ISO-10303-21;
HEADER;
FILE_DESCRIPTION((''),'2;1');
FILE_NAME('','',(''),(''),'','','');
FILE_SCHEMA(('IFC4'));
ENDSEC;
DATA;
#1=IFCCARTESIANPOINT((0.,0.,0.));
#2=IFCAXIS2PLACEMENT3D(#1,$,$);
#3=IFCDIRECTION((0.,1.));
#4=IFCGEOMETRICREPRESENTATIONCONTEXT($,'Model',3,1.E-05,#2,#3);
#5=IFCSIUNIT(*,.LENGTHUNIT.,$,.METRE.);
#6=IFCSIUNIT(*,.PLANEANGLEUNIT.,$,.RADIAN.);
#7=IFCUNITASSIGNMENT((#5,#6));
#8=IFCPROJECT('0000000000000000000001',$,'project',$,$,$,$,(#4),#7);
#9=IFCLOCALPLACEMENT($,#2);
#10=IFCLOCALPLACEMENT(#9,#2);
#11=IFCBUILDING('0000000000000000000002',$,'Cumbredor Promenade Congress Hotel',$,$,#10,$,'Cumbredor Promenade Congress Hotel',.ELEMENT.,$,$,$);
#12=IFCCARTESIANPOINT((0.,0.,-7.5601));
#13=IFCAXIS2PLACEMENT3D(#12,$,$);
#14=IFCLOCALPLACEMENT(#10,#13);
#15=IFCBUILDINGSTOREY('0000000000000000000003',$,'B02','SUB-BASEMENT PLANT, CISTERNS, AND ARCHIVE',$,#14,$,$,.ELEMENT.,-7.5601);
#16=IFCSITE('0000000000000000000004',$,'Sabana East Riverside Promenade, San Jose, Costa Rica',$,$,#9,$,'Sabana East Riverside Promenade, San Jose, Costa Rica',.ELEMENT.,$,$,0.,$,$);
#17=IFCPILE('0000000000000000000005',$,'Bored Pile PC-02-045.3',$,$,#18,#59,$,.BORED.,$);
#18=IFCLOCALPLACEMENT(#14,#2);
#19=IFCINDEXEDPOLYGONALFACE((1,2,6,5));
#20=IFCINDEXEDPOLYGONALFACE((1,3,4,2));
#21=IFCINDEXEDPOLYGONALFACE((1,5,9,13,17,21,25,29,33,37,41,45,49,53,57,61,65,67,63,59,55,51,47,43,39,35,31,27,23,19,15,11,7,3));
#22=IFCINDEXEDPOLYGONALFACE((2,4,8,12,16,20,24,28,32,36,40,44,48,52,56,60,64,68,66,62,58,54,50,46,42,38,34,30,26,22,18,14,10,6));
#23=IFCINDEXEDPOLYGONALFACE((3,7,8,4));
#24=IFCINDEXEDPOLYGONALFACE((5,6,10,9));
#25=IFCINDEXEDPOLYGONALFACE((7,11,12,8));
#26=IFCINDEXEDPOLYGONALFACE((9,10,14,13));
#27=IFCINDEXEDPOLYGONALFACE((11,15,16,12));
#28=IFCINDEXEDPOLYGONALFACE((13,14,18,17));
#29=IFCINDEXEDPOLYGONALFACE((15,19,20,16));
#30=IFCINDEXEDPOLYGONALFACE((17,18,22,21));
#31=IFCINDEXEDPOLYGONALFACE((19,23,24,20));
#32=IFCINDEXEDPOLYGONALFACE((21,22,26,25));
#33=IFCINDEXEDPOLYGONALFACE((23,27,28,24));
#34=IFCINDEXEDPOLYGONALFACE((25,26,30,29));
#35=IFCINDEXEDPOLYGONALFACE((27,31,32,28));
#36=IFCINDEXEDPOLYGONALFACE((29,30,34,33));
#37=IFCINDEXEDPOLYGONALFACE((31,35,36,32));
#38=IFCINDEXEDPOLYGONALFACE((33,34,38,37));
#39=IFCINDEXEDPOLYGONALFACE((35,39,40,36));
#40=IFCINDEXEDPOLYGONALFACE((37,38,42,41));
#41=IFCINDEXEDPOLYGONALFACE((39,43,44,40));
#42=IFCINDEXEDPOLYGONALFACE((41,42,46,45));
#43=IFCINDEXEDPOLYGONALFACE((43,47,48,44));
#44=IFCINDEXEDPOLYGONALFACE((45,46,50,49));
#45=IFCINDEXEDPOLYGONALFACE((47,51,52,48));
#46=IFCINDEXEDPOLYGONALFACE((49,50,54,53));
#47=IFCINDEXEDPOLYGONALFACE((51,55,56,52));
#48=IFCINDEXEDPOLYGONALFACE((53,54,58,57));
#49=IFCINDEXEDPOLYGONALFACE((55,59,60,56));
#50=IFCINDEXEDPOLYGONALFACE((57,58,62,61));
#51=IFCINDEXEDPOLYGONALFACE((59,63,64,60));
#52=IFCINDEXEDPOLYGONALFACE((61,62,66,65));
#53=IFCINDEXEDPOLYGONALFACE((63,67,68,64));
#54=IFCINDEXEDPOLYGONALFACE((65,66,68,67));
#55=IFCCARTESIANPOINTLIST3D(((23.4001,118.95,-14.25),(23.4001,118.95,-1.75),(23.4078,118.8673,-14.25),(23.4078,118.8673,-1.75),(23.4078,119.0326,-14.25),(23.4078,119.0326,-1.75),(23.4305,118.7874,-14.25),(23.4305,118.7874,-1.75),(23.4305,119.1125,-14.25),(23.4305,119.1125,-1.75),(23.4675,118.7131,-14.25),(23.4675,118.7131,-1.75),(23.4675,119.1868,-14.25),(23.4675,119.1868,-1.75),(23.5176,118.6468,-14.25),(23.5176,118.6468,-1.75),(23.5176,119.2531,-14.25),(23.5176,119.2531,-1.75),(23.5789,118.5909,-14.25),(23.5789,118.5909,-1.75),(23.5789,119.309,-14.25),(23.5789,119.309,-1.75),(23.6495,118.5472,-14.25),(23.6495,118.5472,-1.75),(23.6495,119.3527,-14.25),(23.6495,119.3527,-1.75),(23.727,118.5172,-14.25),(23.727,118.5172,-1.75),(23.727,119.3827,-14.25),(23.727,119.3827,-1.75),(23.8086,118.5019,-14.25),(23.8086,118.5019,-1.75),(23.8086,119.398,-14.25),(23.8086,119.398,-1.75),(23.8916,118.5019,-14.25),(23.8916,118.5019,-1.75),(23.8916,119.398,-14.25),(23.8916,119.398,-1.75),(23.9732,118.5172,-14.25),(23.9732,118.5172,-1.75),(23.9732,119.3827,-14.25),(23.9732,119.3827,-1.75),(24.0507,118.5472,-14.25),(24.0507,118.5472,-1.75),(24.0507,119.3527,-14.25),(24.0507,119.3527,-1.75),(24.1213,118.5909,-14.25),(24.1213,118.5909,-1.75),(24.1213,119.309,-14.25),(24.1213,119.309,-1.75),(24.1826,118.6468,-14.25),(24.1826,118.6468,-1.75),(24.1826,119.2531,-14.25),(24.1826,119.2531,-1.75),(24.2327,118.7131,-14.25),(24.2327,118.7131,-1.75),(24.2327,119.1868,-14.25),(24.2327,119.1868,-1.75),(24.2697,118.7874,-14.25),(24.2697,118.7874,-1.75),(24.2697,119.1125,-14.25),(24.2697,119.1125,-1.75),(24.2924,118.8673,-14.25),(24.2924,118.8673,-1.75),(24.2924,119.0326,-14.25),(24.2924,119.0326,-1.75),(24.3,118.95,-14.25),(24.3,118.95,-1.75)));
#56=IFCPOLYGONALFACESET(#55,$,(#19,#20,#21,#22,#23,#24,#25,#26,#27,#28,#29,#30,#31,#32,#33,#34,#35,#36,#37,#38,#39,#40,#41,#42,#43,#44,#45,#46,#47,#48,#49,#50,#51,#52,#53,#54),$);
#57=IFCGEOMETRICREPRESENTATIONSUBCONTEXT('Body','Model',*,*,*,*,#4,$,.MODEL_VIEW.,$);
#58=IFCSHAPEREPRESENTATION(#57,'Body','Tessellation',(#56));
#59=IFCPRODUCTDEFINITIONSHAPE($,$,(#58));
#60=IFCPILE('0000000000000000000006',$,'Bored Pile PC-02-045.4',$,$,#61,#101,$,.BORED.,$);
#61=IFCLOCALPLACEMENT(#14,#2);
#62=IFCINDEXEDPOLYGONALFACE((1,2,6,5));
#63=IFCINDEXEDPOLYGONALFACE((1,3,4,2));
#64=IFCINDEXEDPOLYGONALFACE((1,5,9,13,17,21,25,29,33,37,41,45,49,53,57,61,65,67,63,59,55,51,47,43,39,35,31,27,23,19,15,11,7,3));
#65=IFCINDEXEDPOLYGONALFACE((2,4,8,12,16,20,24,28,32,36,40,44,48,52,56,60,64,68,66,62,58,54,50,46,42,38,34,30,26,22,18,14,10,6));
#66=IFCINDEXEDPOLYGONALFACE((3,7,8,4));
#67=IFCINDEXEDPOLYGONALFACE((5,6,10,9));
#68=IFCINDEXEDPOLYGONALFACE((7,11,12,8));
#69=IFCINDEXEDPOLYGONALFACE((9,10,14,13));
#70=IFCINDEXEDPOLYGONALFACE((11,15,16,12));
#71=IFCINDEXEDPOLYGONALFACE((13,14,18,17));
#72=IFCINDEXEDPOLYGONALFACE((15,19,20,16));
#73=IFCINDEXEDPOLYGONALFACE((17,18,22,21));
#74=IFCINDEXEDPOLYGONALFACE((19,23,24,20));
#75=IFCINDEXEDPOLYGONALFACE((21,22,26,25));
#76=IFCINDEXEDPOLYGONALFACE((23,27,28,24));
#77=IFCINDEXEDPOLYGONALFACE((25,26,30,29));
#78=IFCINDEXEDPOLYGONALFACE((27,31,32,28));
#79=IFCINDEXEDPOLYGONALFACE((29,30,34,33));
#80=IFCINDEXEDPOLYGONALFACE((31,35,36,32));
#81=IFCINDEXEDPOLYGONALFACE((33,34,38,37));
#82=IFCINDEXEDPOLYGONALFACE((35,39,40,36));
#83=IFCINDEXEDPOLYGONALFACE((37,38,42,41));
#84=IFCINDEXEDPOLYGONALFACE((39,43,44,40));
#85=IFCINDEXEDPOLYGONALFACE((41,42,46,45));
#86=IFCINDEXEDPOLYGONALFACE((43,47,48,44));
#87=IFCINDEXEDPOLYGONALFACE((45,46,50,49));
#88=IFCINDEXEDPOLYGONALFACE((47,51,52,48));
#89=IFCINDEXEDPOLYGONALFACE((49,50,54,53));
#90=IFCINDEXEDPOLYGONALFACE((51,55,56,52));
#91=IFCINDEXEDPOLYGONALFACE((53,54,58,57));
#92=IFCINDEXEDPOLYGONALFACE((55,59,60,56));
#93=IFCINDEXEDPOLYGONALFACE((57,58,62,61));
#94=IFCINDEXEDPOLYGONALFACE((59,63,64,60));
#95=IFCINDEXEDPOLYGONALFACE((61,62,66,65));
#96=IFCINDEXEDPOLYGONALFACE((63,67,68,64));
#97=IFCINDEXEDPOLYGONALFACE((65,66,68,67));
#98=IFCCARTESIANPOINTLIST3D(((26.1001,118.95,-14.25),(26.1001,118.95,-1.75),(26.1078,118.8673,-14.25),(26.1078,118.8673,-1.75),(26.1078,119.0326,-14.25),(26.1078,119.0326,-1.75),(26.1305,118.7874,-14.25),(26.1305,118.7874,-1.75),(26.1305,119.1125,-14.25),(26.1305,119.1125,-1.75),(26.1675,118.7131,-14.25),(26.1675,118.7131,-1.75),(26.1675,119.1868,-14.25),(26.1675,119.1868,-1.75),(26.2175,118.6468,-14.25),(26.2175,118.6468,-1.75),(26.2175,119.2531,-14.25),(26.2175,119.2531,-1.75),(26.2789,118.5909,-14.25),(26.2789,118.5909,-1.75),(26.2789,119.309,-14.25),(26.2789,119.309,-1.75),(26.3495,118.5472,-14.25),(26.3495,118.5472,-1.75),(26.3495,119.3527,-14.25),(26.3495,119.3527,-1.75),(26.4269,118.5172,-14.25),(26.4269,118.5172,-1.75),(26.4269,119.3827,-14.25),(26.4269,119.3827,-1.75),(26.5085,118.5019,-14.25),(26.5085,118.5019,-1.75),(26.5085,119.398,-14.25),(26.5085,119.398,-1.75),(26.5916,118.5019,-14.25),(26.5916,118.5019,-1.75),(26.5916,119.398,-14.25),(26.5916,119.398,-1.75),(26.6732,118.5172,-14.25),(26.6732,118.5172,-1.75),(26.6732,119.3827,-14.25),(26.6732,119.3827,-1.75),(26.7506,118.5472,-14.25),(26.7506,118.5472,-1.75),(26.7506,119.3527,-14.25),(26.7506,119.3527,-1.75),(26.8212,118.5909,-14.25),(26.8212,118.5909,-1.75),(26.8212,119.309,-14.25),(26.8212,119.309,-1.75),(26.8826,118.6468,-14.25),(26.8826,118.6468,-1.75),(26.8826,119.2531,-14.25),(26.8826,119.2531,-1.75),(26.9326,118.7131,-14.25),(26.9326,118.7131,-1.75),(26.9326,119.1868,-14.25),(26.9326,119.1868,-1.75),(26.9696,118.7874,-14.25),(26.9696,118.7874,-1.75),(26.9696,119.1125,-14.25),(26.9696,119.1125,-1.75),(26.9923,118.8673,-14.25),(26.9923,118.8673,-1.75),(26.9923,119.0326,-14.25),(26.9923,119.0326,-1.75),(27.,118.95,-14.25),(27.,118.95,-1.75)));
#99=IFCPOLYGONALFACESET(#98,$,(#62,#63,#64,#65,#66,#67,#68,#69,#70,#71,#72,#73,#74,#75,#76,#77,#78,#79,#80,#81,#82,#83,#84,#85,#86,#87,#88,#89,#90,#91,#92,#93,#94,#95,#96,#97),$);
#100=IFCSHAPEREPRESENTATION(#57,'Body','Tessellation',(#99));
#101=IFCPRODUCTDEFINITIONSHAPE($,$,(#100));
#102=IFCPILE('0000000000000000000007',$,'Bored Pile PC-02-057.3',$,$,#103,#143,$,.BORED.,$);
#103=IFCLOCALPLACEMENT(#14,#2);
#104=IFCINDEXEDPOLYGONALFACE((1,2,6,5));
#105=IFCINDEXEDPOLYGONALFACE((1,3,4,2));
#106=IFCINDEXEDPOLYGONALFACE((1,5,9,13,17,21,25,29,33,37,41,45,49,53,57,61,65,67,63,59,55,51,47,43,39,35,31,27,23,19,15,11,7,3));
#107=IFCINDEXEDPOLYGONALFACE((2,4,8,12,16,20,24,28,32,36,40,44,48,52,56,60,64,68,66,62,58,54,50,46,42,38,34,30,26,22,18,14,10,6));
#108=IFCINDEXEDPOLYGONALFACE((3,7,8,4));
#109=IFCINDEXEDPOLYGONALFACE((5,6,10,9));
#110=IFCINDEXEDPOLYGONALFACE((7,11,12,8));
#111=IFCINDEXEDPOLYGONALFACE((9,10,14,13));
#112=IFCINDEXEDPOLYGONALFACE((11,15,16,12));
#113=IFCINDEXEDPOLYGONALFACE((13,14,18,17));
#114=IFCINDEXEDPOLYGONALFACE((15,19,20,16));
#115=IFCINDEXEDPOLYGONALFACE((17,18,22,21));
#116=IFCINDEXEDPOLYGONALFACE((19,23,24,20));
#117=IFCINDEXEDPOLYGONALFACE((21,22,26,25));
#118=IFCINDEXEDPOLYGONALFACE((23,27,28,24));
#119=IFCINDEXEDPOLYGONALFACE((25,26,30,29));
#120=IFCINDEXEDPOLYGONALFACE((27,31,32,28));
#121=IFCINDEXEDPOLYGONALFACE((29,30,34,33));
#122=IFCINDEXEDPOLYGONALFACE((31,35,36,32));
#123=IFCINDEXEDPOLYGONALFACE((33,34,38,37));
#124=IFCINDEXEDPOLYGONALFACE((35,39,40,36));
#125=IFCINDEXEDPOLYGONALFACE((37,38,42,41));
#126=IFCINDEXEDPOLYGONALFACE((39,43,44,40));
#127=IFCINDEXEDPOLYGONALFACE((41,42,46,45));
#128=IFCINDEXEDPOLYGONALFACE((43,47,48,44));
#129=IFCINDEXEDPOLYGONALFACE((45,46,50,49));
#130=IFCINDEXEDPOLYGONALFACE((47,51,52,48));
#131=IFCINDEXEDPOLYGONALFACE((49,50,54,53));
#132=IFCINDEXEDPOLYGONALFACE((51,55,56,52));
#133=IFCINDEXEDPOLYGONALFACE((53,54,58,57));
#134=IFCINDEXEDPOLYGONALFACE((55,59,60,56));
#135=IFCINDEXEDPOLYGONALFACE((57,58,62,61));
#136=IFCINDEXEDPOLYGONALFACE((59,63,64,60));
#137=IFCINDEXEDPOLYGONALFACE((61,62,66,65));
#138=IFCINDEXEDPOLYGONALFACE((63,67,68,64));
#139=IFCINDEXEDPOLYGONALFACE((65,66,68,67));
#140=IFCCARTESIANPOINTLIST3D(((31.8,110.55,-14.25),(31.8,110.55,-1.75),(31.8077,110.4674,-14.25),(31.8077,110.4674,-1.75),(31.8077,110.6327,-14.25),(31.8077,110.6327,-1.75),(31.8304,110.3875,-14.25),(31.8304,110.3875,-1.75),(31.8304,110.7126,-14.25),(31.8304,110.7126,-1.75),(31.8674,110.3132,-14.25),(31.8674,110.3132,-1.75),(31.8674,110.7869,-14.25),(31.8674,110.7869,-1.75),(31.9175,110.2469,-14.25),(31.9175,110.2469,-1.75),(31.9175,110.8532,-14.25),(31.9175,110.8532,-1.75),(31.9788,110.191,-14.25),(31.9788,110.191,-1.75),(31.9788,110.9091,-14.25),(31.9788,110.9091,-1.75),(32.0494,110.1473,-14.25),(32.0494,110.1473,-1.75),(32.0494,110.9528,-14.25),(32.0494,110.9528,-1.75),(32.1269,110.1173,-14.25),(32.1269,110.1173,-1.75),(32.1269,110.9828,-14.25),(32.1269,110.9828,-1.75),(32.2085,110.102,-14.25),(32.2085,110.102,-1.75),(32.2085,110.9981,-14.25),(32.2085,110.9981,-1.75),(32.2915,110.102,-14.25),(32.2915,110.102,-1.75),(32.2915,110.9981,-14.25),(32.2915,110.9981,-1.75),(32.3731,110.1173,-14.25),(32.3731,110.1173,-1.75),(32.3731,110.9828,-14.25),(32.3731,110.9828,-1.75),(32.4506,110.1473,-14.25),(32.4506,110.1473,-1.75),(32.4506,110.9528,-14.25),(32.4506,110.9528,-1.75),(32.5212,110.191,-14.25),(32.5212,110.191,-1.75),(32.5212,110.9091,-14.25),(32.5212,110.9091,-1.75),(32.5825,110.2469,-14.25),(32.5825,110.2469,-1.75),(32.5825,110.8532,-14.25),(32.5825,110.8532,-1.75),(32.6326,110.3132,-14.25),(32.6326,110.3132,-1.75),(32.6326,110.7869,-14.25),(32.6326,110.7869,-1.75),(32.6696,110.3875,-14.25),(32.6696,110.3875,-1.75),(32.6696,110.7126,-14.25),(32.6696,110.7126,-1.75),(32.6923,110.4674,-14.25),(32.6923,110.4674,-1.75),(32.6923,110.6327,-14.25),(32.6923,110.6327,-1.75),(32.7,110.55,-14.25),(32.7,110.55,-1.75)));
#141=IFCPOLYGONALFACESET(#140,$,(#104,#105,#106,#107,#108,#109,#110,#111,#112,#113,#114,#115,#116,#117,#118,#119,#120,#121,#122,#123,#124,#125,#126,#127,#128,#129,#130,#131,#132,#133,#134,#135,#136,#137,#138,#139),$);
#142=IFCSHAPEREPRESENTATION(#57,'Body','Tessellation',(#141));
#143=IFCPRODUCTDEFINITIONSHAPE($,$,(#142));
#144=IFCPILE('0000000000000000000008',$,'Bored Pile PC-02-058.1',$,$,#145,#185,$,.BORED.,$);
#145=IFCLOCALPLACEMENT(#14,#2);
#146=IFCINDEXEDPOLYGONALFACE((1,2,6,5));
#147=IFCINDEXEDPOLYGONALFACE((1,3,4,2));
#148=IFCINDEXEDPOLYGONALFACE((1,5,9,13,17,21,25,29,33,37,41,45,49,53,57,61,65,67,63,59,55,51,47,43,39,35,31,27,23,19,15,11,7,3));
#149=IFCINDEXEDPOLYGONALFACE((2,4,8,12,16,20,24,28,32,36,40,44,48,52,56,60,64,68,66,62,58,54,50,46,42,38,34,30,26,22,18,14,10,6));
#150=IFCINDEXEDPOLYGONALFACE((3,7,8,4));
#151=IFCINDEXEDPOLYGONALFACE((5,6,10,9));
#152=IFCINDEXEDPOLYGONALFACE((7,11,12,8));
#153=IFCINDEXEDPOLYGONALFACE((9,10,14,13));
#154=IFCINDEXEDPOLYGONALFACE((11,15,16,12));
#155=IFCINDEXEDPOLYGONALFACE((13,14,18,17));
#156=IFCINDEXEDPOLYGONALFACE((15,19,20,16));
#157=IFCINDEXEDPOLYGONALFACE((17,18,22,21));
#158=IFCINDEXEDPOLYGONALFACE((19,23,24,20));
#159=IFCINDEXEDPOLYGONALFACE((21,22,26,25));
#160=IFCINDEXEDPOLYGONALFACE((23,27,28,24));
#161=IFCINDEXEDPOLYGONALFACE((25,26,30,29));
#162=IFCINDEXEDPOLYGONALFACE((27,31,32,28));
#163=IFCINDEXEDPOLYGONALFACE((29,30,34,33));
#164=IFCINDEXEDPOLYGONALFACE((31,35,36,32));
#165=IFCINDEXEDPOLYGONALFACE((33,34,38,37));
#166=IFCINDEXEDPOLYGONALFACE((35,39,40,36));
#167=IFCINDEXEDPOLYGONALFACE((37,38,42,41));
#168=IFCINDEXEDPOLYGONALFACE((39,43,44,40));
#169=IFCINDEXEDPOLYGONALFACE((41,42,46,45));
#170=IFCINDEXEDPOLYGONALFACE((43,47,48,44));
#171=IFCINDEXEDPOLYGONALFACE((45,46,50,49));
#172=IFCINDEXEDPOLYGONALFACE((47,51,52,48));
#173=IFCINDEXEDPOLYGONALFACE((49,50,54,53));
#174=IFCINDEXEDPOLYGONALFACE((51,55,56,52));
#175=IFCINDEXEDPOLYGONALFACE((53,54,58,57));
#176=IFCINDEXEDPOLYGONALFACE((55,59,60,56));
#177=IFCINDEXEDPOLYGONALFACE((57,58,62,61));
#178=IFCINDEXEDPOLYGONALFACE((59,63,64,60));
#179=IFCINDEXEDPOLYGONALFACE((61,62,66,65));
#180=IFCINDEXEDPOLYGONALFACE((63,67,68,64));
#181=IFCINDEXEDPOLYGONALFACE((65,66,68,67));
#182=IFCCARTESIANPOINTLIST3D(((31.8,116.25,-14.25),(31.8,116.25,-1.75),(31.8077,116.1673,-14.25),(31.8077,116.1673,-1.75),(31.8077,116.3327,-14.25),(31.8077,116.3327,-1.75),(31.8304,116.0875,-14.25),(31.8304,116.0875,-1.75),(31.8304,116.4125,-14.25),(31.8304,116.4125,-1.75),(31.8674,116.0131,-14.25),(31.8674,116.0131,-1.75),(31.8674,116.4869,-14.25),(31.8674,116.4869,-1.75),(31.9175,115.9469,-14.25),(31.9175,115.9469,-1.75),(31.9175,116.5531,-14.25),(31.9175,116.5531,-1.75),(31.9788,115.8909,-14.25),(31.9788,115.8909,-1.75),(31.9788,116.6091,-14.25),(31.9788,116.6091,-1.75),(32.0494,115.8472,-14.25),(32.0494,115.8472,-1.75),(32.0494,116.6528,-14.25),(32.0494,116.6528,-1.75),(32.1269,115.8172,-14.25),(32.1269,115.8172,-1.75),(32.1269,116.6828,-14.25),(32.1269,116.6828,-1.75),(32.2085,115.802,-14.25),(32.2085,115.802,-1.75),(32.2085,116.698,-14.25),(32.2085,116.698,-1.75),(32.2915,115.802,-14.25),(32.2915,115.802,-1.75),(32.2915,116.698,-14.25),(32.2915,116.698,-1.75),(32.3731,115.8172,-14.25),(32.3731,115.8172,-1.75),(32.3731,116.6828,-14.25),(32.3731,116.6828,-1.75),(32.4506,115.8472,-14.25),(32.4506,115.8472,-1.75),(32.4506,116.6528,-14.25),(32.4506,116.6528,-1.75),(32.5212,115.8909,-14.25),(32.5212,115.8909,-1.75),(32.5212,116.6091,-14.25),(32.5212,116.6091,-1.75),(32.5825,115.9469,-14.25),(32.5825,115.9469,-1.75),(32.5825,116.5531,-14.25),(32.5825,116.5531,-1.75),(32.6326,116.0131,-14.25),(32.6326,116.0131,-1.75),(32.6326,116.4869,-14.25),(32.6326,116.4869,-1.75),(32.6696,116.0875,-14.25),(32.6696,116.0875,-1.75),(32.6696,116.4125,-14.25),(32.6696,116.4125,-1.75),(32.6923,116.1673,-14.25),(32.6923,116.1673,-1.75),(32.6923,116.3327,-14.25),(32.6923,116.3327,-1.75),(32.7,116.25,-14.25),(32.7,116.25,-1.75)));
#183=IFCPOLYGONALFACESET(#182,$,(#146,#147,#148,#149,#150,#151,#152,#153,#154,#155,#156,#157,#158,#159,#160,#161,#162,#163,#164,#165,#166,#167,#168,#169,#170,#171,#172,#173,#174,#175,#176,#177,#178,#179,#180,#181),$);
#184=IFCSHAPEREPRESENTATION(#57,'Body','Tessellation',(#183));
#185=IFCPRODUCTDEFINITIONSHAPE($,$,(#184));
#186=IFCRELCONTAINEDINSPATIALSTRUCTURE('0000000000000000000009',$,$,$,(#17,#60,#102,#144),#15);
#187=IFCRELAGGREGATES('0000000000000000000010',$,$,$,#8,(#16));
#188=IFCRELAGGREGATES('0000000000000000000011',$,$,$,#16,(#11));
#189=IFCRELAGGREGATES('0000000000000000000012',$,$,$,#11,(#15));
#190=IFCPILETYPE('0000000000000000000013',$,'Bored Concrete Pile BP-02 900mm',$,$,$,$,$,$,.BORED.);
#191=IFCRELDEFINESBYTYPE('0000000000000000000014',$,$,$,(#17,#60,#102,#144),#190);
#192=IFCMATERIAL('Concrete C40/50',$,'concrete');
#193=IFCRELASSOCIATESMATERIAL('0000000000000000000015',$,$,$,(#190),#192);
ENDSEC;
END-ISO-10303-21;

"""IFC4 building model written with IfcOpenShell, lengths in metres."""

from ifc_helpers import new_model, si_unit, direction, frame, origin, origin_2d, place, context, subcontext, project, spatial, circle, extrude, material, material_profile, profile_set, type_object, element, save


model = new_model("IFC4")

# Units and contexts
model_context = context("Model", 3, precision=1e-05, world=origin(), true_north=direction((0.0, 1.0)))
body_context = subcontext(model_context, "Body", "Model", "MODEL_VIEW")
ifc_project = project(units=[si_unit("LENGTHUNIT", "METRE"), si_unit("PLANEANGLEUNIT", "RADIAN")], contexts=[model_context])

# Site, building, storey
site_placement = place(None, origin())
site = spatial("IfcSite", under=ifc_project, at=site_placement, Name="Sabana East Riverside Promenade, San Jose, Costa Rica", LongName="Sabana East Riverside Promenade, San Jose, Costa Rica", CompositionType="ELEMENT", RefElevation=0.0)
building_placement = place(site_placement, origin())
building = spatial("IfcBuilding", under=site, at=building_placement, Name="Cumbredor Promenade Congress Hotel", LongName="Cumbredor Promenade Congress Hotel", CompositionType="ELEMENT")
storey_placement = place(building_placement, frame((0.0, 0.0, -7.5601)))
storey = spatial("IfcBuildingStorey", under=building, at=storey_placement, Name="B02", Description="SUB-BASEMENT PLANT, CISTERNS, AND ARCHIVE", CompositionType="ELEMENT", Elevation=-7.5601)

# Piles
ifc_material_1 = material(Name="Concrete C40/50", Category="concrete")
ifc_material_profile_1 = material_profile(ifc_material_1, circle(Radius=0.45, at=origin_2d()), Name="PILE D900")
ifc_profile_set_1 = profile_set([ifc_material_profile_1], Name="Concrete C40/50")
pile_type = type_object("IfcPileType", Name="Bored Concrete Pile BP-02 900mm", PredefinedType="BORED", material=ifc_profile_set_1)
for number, where, z_axis, x_axis, name in (
    (1, (23.8501, 118.95, -1.75), (0.0, 0.0, -1.0), (1.0, 0.0, 0.0), "Bored Pile PC-02-045.3"),
    (2, (26.55, 118.95, -1.75), (0.0, 0.0, -1.0), (1.0, 0.0, 0.0), "Bored Pile PC-02-045.4"),
    (3, (32.25, 110.55, -1.75), (0.0, 0.0, -1.0), (1.0, 0.0, 0.0), "Bored Pile PC-02-057.3"),
    (4, (32.25, 116.25, -1.75), (0.0, 0.0, -1.0), (1.0, 0.0, 0.0), "Bored Pile PC-02-058.1"),
):
    element("IfcPile", number, at=place(storey_placement, frame(where, z_axis=z_axis, x_axis=x_axis)), inside=storey, type_object=pile_type, Name=name, PredefinedType="BORED", context=body_context, shape_type="SweptSolid", body=[
        extrude(circle(Radius=0.45, at=origin_2d()), origin(), (0.0, 0.0, 1.0), 12.5),
    ])

save(model, "model.ifc")
